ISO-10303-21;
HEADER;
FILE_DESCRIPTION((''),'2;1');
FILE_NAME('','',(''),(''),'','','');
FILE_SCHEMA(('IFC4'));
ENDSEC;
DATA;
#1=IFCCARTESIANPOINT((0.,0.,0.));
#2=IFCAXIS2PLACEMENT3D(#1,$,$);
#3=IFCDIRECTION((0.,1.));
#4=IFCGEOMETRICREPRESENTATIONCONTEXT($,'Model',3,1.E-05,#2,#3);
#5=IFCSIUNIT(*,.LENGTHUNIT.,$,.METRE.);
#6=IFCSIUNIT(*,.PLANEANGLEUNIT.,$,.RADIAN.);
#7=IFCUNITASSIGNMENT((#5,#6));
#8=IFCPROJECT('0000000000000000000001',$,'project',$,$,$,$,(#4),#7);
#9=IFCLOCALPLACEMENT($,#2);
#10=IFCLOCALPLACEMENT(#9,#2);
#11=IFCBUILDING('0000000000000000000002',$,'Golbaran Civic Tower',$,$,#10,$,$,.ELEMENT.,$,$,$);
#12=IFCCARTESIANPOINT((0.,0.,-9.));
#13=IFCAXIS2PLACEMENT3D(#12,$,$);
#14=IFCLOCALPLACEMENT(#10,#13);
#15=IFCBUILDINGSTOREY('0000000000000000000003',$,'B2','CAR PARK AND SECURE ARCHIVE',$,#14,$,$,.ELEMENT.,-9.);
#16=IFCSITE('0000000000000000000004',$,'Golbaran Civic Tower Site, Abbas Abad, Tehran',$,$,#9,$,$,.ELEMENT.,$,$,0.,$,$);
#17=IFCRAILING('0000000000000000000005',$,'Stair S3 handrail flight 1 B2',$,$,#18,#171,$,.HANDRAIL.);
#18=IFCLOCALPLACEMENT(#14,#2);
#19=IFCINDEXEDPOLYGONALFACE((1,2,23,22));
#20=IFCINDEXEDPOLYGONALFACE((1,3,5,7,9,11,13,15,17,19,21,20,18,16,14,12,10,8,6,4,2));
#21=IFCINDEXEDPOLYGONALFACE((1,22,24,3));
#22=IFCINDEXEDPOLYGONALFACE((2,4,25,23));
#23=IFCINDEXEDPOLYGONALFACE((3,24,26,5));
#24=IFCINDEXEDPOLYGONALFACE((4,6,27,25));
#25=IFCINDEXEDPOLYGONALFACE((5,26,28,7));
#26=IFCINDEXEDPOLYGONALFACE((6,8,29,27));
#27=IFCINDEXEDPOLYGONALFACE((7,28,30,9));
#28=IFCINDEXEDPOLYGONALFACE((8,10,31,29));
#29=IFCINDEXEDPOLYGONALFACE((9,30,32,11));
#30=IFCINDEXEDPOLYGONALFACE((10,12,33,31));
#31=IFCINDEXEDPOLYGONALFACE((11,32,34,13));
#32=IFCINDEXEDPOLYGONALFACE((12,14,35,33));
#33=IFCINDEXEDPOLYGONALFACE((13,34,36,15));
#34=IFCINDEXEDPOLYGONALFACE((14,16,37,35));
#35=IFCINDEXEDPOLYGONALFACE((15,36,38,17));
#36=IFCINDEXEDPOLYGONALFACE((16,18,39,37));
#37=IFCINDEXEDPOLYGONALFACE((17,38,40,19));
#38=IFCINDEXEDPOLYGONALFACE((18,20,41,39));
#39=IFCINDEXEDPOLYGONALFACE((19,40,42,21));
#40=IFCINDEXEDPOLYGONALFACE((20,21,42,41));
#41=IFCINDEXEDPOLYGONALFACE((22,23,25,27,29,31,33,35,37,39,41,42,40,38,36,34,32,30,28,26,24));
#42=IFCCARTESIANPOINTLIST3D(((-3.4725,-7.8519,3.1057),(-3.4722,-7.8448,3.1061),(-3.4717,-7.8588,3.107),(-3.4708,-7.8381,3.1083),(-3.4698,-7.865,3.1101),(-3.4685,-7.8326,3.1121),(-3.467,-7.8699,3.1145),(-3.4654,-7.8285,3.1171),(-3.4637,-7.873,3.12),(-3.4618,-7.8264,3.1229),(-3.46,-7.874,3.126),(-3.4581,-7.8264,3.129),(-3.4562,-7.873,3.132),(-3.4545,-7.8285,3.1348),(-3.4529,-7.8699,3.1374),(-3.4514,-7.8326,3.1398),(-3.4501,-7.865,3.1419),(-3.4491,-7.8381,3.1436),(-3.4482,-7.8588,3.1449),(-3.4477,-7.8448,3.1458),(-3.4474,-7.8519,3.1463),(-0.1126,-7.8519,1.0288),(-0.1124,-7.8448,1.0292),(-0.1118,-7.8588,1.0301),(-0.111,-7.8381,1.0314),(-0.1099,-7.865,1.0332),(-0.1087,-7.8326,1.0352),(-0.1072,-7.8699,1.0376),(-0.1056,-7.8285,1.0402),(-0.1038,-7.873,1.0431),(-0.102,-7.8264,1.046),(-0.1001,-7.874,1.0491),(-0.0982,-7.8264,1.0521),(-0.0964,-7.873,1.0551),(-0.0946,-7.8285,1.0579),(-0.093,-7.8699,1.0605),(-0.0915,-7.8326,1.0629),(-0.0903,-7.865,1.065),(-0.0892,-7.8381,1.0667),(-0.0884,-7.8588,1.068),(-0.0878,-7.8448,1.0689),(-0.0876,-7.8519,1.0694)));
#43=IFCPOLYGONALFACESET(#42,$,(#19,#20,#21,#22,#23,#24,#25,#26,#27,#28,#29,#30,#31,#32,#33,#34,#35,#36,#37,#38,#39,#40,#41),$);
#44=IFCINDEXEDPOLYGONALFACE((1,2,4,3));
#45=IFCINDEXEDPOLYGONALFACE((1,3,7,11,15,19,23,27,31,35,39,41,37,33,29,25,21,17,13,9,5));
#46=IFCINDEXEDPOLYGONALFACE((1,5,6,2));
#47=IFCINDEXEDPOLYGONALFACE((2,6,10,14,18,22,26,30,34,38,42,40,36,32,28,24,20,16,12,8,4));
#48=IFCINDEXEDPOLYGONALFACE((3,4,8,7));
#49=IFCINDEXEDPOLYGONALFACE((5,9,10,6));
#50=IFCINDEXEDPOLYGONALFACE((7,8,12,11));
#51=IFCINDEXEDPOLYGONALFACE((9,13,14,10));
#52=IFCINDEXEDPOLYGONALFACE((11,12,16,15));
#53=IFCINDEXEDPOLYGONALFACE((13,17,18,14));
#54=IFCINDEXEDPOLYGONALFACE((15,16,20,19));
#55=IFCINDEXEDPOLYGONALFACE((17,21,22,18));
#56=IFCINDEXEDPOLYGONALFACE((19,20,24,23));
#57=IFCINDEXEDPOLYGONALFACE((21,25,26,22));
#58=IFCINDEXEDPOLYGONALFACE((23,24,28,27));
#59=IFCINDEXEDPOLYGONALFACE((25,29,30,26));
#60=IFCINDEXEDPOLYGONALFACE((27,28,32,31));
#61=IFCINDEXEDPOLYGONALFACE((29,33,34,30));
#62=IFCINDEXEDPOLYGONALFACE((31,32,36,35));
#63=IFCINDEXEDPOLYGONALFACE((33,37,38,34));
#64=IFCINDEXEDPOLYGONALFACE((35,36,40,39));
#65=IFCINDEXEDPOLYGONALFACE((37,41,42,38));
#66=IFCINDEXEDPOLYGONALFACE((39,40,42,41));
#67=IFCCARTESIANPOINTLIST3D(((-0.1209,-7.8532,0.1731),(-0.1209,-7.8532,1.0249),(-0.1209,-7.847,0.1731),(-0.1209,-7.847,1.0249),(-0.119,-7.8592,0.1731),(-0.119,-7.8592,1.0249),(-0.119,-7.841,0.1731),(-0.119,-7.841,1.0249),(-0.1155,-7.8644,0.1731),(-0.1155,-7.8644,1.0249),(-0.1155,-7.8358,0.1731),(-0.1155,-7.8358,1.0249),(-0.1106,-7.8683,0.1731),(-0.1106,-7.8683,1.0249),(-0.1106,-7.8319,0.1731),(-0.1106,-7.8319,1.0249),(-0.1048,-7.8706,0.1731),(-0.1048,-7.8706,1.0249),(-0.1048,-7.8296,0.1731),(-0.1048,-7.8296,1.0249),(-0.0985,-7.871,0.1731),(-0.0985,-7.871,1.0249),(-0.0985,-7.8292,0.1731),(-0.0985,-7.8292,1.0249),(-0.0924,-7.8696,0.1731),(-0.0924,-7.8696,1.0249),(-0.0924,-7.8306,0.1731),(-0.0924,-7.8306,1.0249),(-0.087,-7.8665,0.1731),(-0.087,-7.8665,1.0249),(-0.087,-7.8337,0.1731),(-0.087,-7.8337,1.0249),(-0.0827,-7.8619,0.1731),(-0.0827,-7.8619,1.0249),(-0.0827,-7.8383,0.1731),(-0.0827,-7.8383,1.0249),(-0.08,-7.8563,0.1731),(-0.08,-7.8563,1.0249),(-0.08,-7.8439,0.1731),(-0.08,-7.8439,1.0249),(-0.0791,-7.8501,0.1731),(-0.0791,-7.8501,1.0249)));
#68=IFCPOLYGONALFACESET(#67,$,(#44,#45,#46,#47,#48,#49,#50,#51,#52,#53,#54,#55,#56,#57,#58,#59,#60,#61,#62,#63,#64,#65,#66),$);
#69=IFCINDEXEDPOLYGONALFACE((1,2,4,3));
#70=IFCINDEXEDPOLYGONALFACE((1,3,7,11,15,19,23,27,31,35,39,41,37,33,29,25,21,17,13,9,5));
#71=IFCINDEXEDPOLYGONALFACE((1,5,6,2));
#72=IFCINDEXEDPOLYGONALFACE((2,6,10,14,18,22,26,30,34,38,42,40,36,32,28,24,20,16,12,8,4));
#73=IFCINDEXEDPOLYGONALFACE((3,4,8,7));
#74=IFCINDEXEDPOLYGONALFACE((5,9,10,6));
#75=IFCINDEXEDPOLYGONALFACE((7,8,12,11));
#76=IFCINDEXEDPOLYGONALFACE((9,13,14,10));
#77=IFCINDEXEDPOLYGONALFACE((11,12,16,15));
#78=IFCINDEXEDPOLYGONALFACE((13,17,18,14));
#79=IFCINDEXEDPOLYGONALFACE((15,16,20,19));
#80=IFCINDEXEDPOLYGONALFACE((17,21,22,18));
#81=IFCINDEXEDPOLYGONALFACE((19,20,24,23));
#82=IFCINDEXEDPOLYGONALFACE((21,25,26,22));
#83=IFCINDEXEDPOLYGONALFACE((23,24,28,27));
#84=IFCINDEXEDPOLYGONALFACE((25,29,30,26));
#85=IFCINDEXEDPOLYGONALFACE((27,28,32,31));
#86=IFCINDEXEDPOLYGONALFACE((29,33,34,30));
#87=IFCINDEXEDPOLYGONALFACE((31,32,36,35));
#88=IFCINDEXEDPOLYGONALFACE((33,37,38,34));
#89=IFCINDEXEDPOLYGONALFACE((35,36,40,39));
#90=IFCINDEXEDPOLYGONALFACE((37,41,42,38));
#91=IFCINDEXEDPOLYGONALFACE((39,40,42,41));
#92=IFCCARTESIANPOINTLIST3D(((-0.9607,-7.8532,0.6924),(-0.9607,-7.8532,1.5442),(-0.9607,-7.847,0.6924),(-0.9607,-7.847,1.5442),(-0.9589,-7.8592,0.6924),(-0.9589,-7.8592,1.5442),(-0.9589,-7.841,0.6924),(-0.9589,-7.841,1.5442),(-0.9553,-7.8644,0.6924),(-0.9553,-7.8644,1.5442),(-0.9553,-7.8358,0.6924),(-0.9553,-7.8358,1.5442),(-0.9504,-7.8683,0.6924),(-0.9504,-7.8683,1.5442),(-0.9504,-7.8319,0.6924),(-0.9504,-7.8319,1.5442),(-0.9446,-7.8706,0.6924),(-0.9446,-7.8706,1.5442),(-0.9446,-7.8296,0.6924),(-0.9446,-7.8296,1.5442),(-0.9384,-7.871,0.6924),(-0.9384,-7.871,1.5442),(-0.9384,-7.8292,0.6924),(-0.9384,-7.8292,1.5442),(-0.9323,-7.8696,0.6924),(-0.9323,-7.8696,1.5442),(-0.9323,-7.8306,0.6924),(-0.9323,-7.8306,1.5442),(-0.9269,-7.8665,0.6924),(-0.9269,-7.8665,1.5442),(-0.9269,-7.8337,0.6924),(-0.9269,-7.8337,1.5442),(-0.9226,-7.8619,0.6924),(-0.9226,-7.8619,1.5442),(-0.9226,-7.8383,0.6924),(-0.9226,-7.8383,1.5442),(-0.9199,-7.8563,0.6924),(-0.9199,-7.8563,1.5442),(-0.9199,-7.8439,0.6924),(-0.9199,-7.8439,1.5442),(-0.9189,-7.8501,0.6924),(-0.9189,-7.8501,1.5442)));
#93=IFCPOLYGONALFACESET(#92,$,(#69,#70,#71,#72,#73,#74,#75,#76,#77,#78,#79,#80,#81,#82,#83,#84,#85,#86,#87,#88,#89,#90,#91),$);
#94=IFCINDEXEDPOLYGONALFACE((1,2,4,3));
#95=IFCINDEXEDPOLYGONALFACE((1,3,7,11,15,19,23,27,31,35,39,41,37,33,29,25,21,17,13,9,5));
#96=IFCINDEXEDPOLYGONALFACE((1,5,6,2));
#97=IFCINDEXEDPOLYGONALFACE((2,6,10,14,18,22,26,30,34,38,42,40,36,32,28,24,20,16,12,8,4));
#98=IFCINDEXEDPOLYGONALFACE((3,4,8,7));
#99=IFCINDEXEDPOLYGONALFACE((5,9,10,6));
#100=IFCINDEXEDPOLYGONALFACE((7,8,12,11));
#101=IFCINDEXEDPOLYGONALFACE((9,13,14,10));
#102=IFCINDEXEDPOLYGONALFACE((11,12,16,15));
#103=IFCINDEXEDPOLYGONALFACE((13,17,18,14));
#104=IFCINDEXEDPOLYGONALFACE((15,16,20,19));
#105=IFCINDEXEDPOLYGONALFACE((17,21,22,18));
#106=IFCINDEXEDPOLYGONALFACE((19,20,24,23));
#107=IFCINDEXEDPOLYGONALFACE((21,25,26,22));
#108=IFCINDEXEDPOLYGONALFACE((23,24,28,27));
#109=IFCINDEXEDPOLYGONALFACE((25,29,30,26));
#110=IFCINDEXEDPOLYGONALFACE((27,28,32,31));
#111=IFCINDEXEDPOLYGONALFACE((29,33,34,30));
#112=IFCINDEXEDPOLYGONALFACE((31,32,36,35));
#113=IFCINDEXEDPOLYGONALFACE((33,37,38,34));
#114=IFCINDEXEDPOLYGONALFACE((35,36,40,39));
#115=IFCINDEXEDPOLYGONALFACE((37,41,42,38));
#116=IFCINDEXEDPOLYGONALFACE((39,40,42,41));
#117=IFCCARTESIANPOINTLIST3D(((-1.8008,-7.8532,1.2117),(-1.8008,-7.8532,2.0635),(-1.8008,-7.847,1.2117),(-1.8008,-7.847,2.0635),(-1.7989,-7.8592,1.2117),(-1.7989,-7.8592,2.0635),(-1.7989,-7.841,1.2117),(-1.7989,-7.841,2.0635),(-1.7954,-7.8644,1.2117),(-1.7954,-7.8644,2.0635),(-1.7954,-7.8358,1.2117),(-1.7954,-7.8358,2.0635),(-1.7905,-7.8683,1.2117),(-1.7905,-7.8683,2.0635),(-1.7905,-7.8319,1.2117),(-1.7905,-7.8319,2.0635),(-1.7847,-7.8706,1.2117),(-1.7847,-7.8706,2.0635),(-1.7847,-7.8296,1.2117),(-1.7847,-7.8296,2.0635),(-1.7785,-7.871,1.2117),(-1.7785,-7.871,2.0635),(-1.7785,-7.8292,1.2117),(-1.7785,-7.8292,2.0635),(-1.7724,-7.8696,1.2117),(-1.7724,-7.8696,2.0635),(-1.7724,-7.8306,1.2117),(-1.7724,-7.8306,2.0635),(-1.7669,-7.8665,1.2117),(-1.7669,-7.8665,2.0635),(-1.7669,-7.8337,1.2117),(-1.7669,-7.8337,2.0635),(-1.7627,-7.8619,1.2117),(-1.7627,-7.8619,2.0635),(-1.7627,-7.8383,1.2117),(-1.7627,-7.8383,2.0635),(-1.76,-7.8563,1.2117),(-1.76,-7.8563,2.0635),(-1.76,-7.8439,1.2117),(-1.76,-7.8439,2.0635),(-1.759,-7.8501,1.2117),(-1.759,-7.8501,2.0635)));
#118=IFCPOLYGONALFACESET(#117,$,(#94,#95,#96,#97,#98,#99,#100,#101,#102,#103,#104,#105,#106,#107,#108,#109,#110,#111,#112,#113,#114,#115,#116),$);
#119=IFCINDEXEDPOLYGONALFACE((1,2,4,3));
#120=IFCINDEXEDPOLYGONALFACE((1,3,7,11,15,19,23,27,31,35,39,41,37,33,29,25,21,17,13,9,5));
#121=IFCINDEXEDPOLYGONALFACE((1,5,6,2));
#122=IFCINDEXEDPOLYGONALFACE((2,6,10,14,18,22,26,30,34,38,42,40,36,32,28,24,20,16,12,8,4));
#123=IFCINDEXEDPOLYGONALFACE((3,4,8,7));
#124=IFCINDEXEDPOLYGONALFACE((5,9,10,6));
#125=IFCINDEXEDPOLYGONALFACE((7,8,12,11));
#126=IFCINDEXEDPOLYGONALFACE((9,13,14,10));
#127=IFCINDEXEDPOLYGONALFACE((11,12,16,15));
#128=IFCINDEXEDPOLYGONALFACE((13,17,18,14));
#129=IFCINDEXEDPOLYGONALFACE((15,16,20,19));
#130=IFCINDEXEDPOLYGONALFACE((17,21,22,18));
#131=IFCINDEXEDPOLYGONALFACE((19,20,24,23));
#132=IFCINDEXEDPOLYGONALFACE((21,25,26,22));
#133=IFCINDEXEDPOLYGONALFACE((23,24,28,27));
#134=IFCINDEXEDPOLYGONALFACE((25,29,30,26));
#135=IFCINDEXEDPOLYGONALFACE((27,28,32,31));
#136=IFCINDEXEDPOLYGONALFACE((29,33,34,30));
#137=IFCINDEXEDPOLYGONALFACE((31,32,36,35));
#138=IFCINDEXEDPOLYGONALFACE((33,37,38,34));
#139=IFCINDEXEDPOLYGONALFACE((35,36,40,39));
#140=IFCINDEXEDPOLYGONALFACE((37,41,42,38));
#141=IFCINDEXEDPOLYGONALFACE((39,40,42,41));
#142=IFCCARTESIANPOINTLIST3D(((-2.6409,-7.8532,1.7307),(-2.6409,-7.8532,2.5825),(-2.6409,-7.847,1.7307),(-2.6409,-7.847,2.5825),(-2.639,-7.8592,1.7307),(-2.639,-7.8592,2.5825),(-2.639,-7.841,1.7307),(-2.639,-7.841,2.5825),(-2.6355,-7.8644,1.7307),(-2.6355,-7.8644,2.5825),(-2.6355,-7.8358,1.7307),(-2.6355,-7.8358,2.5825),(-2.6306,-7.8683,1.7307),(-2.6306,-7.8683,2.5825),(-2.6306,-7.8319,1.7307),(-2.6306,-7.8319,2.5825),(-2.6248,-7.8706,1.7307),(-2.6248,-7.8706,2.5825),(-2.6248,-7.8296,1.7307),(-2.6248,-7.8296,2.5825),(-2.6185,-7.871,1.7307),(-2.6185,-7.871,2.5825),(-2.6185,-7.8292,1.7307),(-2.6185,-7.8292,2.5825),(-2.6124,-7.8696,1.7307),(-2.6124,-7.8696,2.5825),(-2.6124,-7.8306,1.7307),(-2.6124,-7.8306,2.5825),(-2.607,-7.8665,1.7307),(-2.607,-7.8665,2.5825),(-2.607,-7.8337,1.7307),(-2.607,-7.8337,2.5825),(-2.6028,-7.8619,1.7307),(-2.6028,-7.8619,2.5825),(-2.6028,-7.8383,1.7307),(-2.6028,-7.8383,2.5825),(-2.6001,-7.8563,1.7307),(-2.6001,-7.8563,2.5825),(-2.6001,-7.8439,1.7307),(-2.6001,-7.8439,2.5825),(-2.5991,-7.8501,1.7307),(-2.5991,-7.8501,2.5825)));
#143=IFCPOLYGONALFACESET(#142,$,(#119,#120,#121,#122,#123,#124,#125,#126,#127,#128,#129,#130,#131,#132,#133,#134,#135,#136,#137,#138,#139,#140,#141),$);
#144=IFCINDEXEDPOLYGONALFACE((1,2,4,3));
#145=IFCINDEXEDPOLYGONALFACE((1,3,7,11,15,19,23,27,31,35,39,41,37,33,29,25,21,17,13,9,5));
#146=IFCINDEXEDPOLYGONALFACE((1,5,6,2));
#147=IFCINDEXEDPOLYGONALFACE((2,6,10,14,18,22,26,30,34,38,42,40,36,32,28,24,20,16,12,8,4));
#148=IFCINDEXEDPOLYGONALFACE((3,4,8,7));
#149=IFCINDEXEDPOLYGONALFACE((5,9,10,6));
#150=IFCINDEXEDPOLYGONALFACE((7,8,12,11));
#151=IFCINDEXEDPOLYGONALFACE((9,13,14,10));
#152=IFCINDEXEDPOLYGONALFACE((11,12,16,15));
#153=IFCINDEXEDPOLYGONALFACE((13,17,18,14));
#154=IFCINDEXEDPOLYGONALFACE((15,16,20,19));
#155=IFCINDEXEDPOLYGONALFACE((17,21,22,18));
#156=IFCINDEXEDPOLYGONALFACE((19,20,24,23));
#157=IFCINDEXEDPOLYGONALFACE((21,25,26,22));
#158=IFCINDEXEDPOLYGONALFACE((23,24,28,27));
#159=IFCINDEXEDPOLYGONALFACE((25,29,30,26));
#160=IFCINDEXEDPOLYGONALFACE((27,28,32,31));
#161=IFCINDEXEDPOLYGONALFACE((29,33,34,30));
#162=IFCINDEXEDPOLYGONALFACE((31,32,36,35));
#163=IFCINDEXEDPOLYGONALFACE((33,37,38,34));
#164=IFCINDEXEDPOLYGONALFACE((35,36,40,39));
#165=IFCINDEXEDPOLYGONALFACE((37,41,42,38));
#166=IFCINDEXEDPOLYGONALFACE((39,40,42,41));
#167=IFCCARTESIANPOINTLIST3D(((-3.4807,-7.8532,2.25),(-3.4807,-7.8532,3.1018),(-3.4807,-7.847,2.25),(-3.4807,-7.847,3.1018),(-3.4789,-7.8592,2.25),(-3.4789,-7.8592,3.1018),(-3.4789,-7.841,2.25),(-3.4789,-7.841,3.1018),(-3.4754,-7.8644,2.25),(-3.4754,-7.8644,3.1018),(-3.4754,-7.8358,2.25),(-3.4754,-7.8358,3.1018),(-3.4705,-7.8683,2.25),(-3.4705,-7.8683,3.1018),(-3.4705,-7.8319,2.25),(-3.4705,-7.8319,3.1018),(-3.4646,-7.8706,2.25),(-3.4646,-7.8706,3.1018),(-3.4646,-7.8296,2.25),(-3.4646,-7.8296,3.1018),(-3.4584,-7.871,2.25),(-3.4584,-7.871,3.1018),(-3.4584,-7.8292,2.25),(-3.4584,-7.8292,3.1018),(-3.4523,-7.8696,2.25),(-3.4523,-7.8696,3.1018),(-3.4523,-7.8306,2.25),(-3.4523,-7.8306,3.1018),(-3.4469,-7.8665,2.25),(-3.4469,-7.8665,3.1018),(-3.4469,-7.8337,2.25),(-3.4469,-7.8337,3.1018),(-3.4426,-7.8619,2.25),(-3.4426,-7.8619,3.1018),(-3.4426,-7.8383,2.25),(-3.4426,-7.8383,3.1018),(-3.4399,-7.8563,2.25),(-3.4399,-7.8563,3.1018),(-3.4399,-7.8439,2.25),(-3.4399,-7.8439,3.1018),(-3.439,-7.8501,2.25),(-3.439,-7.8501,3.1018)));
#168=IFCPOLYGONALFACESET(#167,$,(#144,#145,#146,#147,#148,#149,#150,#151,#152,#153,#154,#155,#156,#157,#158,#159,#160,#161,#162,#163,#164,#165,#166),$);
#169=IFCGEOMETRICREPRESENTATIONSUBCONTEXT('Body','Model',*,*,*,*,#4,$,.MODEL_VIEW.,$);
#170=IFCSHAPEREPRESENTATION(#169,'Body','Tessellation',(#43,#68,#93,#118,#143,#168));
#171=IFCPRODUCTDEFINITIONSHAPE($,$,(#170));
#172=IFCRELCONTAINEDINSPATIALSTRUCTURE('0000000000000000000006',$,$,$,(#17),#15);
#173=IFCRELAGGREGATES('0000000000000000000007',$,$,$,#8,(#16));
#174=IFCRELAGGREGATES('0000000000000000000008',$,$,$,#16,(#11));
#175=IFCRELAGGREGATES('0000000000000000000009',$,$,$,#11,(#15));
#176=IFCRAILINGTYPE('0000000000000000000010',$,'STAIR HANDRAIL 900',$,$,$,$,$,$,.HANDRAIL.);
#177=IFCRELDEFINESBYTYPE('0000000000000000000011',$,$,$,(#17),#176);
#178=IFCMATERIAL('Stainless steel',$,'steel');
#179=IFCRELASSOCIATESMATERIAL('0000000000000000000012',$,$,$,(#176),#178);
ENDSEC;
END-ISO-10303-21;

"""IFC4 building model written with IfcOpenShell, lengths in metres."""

from ifc_helpers import new_model, si_unit, direction, frame, origin, origin_2d, place, context, subcontext, project, spatial, circle, extrude, material, type_object, element, save


model = new_model("IFC4")

# Units and contexts
model_context = context("Model", 3, precision=1e-05, world=origin(), true_north=direction((0.0, 1.0)))
body_context = subcontext(model_context, "Body", "Model", "MODEL_VIEW")
ifc_project = project(units=[si_unit("LENGTHUNIT", "METRE"), si_unit("PLANEANGLEUNIT", "RADIAN")], contexts=[model_context])

# Site, building, storey
site_placement = place(None, origin())
site = spatial("IfcSite", under=ifc_project, at=site_placement, Name="Golbaran Civic Tower Site, Abbas Abad, Tehran", CompositionType="ELEMENT", RefElevation=0.0)
building_placement = place(site_placement, origin())
building = spatial("IfcBuilding", under=site, at=building_placement, Name="Golbaran Civic Tower", CompositionType="ELEMENT")
storey_placement = place(building_placement, frame((0.0, 0.0, -9.0)))
storey = spatial("IfcBuildingStorey", under=building, at=storey_placement, Name="B2", Description="CAR PARK AND SECURE ARCHIVE", CompositionType="ELEMENT", Elevation=-9.0)

# Shared definitions
ifc_material_1 = material(Name="Stainless steel", Category="steel")

# Railing
railing_type = type_object("IfcRailingType", Name="STAIR HANDRAIL 900", PredefinedType="HANDRAIL", material=ifc_material_1)
railing_1_placement = place(storey_placement, frame((-0.1001, -7.8501, 0.1731)))
element("IfcRailing", 1, at=railing_1_placement, inside=storey, type_object=railing_type, Name="Stair S3 handrail flight 1 B2", PredefinedType="HANDRAIL", context=body_context, shape_type="SweptSolid", body=[
    extrude(circle(Radius=0.0239, at=origin_2d()), frame((0.0, 0.0, 0.876), z_axis=(-0.850606, 0.0, 0.525803), x_axis=(0.0, -1.0, 0.0)), (0.0, 0.0, 1.0), 3.95),
    extrude(circle(Radius=0.021, at=origin_2d()), origin(), (0.0, 0.0, 1.0), 0.8518),
    extrude(circle(Radius=0.021, at=origin_2d()), frame((-0.8398, 0.0, 0.5193)), (0.0, 0.0, 1.0), 0.8518),
    extrude(circle(Radius=0.021, at=origin_2d()), frame((-1.6799, 0.0, 1.0386)), (0.0, 0.0, 1.0), 0.8518),
    extrude(circle(Radius=0.021, at=origin_2d()), frame((-2.52, 0.0, 1.5576)), (0.0, 0.0, 1.0), 0.8518),
    extrude(circle(Radius=0.021, at=origin_2d()), frame((-3.3599, 0.0, 2.0769)), (0.0, 0.0, 1.0), 0.8518),
])

save(model, "model.ifc")
